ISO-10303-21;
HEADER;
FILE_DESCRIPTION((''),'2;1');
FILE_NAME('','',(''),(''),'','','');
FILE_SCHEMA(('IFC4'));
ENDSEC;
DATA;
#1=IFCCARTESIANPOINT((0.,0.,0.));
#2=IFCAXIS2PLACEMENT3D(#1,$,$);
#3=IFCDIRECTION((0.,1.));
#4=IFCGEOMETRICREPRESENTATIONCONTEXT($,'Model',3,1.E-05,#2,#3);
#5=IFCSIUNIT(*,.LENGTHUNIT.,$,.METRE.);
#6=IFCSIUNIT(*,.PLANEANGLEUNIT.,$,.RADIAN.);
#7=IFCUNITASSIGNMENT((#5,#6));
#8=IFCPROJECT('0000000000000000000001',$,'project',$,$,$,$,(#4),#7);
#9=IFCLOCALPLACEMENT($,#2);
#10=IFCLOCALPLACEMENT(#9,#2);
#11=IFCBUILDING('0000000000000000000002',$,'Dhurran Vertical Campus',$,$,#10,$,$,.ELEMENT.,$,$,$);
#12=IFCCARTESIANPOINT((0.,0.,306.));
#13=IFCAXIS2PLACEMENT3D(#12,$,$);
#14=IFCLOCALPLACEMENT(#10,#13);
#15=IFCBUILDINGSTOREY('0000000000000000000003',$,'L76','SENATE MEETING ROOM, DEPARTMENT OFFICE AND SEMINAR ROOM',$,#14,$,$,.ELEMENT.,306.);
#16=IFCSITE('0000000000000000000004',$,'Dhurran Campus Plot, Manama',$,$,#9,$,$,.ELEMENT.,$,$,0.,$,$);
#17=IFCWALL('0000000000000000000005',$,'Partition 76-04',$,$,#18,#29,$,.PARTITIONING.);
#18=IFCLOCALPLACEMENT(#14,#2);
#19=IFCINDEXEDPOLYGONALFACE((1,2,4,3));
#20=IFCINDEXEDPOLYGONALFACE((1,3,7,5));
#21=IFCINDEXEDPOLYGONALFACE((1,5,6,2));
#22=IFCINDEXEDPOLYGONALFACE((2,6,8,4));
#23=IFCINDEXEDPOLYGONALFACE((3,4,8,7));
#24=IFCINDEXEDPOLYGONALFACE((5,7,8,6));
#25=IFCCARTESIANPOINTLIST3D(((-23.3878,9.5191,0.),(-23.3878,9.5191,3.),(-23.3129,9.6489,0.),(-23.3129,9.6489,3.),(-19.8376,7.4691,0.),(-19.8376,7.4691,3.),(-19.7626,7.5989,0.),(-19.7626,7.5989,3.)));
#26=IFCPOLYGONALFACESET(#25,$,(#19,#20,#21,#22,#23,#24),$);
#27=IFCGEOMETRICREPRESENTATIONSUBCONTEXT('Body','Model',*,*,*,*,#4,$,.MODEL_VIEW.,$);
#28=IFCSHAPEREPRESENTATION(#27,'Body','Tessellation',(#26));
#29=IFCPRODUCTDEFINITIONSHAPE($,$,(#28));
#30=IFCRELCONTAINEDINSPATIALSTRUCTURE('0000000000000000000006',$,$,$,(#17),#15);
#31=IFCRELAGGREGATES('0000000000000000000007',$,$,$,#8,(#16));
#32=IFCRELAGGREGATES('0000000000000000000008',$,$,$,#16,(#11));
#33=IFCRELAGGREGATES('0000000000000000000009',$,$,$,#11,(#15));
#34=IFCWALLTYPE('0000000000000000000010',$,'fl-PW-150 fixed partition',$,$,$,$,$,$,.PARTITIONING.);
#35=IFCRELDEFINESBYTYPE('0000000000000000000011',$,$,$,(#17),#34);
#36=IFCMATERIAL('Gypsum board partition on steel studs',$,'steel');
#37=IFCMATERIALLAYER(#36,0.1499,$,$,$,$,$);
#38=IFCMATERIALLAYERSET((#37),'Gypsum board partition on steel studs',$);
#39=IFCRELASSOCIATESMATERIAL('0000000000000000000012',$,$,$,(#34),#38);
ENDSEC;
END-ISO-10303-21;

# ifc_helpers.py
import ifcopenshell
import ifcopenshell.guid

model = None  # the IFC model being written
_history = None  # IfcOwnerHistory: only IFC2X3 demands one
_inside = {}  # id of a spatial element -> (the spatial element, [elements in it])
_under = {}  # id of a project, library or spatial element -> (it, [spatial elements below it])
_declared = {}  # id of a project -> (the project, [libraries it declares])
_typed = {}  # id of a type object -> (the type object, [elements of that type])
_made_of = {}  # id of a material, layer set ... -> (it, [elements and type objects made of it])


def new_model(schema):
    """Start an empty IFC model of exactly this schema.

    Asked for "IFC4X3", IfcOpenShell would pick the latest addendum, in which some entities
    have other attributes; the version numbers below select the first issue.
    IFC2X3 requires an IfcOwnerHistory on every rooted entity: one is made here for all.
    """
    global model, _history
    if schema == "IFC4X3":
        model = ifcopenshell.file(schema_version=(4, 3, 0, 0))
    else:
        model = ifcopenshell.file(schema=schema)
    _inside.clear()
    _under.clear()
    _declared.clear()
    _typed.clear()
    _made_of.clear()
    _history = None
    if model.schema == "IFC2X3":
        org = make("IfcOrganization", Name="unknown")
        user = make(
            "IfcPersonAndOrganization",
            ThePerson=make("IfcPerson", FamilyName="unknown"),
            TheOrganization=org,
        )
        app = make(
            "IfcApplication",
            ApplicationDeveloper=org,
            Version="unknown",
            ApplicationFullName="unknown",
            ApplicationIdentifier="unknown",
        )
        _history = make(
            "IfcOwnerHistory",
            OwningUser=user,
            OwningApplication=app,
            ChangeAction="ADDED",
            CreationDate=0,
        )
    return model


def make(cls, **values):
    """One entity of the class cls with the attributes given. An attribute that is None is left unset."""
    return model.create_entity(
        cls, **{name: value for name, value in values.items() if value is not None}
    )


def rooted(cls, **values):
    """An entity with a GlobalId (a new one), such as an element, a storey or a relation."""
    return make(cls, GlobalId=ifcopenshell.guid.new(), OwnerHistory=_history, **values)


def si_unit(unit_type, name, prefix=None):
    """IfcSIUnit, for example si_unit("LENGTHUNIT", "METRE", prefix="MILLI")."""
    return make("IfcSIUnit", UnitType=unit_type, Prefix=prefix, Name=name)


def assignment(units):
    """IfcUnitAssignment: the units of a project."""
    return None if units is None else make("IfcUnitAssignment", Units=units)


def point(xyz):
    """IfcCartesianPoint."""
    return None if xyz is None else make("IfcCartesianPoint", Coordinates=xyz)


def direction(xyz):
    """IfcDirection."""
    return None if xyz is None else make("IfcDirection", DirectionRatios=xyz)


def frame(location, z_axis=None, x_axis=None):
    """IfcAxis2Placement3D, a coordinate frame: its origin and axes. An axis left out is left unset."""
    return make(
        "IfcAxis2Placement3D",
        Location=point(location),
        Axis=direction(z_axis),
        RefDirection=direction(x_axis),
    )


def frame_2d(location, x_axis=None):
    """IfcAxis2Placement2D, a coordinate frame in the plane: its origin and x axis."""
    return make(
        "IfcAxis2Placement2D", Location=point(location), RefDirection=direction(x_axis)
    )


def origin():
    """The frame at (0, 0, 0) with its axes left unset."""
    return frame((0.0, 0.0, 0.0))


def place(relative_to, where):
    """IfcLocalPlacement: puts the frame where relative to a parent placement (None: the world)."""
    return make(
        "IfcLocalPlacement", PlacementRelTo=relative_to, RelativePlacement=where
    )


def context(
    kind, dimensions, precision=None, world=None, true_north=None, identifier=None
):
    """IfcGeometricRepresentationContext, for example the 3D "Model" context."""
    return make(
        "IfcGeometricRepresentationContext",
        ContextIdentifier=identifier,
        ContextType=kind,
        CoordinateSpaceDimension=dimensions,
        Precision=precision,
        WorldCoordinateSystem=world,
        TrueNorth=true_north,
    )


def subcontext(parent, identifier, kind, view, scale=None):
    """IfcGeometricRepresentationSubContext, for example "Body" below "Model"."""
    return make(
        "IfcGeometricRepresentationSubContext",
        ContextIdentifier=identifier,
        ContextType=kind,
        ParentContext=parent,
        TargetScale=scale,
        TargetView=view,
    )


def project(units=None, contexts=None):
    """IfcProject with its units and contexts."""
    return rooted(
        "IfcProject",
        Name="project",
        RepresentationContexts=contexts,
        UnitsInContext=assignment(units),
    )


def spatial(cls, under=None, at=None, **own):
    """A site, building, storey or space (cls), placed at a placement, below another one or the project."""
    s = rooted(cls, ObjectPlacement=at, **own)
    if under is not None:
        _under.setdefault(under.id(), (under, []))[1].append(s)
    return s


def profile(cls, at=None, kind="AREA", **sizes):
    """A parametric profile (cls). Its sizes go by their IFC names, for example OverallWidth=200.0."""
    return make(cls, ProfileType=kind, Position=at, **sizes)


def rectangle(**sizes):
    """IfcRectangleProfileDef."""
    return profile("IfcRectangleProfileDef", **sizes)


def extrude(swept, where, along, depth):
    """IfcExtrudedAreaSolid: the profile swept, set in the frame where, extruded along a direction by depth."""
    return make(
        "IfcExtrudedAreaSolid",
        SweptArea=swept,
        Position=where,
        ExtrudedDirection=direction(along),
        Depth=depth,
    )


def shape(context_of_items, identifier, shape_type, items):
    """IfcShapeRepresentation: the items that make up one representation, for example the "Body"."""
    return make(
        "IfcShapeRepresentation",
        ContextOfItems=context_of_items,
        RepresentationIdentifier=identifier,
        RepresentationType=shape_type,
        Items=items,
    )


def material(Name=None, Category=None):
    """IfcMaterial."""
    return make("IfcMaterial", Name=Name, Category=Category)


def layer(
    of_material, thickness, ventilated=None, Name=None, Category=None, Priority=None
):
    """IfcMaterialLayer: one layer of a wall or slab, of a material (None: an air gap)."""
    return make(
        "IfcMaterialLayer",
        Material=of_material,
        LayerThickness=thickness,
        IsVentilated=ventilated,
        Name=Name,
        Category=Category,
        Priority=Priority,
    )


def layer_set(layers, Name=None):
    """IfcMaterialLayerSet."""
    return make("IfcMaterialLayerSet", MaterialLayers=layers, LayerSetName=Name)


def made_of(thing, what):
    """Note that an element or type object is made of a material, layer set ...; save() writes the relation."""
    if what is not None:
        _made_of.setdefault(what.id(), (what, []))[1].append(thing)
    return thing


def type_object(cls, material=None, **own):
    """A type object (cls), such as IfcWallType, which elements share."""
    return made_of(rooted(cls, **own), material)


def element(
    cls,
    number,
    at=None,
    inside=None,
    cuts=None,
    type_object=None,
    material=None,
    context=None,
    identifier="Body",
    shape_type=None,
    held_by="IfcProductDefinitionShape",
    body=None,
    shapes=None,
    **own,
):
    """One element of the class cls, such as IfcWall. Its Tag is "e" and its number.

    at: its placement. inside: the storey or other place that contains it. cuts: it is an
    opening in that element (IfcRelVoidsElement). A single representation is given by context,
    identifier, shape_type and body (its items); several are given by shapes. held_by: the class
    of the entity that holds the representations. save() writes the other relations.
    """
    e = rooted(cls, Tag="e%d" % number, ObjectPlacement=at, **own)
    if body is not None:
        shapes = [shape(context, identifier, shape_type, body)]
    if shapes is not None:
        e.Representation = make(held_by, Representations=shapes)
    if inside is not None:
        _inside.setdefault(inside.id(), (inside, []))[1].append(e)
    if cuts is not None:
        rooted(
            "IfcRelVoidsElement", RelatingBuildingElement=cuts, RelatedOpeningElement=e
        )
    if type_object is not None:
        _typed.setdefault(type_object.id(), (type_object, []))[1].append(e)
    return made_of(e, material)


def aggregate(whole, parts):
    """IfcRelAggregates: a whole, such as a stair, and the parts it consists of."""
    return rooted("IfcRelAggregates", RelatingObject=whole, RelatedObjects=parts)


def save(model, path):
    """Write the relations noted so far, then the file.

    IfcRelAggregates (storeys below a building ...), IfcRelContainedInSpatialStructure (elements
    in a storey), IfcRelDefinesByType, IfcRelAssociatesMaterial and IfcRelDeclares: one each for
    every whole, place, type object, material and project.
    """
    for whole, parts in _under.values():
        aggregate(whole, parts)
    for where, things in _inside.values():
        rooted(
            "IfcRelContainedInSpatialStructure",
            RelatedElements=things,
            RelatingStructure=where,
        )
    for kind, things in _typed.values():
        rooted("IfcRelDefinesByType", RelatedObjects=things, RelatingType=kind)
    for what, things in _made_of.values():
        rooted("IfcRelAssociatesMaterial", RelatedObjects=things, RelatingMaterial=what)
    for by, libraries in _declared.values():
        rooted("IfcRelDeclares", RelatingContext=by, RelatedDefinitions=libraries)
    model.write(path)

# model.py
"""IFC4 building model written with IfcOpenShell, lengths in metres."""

from ifc_helpers import new_model, si_unit, direction, frame, frame_2d, origin, place, context, subcontext, project, spatial, rectangle, extrude, material, layer, layer_set, type_object, element, save


model = new_model("IFC4")

# Units and contexts
model_context = context("Model", 3, precision=1e-05, world=origin(), true_north=direction((0.0, 1.0)))
body_context = subcontext(model_context, "Body", "Model", "MODEL_VIEW")
ifc_project = project(units=[si_unit("LENGTHUNIT", "METRE"), si_unit("PLANEANGLEUNIT", "RADIAN")], contexts=[model_context])

# Site, building, storey
site_placement = place(None, origin())
site = spatial("IfcSite", under=ifc_project, at=site_placement, Name="Dhurran Campus Plot, Manama", CompositionType="ELEMENT", RefElevation=0.0)
building_placement = place(site_placement, origin())
building = spatial("IfcBuilding", under=site, at=building_placement, Name="Dhurran Vertical Campus", CompositionType="ELEMENT")
storey_placement = place(building_placement, frame((0.0, 0.0, 306.0)))
storey = spatial("IfcBuildingStorey", under=building, at=storey_placement, Name="L76", Description="SENATE MEETING ROOM, DEPARTMENT OFFICE AND SEMINAR ROOM", CompositionType="ELEMENT", Elevation=306.0)

# Wall
ifc_material_1 = material(Name="Gypsum board partition on steel studs", Category="steel")
ifc_layer_1 = layer(ifc_material_1, 0.1499)
ifc_layer_set_1 = layer_set([ifc_layer_1], Name="Gypsum board partition on steel studs")
wall_type_1 = type_object("IfcWallType", Name="fl-PW-150 fixed partition", PredefinedType="PARTITIONING", material=ifc_layer_set_1)
wall_1_placement = place(storey_placement, frame((-23.3503, 9.584, 0.0), z_axis=(0.0, 0.0, 1.0), x_axis=(0.865995, -0.500052, 0.0)))
element("IfcWall", 1, at=wall_1_placement, inside=storey, type_object=wall_type_1, Name="Partition 76-04", PredefinedType="PARTITIONING", context=body_context, shape_type="SweptSolid", body=[
    extrude(rectangle(XDim=4.0996, YDim=0.1499, at=frame_2d((2.0498, 0.0))), origin(), (0.0, 0.0, 1.0), 3.0),
])

save(model, "model.ifc")
